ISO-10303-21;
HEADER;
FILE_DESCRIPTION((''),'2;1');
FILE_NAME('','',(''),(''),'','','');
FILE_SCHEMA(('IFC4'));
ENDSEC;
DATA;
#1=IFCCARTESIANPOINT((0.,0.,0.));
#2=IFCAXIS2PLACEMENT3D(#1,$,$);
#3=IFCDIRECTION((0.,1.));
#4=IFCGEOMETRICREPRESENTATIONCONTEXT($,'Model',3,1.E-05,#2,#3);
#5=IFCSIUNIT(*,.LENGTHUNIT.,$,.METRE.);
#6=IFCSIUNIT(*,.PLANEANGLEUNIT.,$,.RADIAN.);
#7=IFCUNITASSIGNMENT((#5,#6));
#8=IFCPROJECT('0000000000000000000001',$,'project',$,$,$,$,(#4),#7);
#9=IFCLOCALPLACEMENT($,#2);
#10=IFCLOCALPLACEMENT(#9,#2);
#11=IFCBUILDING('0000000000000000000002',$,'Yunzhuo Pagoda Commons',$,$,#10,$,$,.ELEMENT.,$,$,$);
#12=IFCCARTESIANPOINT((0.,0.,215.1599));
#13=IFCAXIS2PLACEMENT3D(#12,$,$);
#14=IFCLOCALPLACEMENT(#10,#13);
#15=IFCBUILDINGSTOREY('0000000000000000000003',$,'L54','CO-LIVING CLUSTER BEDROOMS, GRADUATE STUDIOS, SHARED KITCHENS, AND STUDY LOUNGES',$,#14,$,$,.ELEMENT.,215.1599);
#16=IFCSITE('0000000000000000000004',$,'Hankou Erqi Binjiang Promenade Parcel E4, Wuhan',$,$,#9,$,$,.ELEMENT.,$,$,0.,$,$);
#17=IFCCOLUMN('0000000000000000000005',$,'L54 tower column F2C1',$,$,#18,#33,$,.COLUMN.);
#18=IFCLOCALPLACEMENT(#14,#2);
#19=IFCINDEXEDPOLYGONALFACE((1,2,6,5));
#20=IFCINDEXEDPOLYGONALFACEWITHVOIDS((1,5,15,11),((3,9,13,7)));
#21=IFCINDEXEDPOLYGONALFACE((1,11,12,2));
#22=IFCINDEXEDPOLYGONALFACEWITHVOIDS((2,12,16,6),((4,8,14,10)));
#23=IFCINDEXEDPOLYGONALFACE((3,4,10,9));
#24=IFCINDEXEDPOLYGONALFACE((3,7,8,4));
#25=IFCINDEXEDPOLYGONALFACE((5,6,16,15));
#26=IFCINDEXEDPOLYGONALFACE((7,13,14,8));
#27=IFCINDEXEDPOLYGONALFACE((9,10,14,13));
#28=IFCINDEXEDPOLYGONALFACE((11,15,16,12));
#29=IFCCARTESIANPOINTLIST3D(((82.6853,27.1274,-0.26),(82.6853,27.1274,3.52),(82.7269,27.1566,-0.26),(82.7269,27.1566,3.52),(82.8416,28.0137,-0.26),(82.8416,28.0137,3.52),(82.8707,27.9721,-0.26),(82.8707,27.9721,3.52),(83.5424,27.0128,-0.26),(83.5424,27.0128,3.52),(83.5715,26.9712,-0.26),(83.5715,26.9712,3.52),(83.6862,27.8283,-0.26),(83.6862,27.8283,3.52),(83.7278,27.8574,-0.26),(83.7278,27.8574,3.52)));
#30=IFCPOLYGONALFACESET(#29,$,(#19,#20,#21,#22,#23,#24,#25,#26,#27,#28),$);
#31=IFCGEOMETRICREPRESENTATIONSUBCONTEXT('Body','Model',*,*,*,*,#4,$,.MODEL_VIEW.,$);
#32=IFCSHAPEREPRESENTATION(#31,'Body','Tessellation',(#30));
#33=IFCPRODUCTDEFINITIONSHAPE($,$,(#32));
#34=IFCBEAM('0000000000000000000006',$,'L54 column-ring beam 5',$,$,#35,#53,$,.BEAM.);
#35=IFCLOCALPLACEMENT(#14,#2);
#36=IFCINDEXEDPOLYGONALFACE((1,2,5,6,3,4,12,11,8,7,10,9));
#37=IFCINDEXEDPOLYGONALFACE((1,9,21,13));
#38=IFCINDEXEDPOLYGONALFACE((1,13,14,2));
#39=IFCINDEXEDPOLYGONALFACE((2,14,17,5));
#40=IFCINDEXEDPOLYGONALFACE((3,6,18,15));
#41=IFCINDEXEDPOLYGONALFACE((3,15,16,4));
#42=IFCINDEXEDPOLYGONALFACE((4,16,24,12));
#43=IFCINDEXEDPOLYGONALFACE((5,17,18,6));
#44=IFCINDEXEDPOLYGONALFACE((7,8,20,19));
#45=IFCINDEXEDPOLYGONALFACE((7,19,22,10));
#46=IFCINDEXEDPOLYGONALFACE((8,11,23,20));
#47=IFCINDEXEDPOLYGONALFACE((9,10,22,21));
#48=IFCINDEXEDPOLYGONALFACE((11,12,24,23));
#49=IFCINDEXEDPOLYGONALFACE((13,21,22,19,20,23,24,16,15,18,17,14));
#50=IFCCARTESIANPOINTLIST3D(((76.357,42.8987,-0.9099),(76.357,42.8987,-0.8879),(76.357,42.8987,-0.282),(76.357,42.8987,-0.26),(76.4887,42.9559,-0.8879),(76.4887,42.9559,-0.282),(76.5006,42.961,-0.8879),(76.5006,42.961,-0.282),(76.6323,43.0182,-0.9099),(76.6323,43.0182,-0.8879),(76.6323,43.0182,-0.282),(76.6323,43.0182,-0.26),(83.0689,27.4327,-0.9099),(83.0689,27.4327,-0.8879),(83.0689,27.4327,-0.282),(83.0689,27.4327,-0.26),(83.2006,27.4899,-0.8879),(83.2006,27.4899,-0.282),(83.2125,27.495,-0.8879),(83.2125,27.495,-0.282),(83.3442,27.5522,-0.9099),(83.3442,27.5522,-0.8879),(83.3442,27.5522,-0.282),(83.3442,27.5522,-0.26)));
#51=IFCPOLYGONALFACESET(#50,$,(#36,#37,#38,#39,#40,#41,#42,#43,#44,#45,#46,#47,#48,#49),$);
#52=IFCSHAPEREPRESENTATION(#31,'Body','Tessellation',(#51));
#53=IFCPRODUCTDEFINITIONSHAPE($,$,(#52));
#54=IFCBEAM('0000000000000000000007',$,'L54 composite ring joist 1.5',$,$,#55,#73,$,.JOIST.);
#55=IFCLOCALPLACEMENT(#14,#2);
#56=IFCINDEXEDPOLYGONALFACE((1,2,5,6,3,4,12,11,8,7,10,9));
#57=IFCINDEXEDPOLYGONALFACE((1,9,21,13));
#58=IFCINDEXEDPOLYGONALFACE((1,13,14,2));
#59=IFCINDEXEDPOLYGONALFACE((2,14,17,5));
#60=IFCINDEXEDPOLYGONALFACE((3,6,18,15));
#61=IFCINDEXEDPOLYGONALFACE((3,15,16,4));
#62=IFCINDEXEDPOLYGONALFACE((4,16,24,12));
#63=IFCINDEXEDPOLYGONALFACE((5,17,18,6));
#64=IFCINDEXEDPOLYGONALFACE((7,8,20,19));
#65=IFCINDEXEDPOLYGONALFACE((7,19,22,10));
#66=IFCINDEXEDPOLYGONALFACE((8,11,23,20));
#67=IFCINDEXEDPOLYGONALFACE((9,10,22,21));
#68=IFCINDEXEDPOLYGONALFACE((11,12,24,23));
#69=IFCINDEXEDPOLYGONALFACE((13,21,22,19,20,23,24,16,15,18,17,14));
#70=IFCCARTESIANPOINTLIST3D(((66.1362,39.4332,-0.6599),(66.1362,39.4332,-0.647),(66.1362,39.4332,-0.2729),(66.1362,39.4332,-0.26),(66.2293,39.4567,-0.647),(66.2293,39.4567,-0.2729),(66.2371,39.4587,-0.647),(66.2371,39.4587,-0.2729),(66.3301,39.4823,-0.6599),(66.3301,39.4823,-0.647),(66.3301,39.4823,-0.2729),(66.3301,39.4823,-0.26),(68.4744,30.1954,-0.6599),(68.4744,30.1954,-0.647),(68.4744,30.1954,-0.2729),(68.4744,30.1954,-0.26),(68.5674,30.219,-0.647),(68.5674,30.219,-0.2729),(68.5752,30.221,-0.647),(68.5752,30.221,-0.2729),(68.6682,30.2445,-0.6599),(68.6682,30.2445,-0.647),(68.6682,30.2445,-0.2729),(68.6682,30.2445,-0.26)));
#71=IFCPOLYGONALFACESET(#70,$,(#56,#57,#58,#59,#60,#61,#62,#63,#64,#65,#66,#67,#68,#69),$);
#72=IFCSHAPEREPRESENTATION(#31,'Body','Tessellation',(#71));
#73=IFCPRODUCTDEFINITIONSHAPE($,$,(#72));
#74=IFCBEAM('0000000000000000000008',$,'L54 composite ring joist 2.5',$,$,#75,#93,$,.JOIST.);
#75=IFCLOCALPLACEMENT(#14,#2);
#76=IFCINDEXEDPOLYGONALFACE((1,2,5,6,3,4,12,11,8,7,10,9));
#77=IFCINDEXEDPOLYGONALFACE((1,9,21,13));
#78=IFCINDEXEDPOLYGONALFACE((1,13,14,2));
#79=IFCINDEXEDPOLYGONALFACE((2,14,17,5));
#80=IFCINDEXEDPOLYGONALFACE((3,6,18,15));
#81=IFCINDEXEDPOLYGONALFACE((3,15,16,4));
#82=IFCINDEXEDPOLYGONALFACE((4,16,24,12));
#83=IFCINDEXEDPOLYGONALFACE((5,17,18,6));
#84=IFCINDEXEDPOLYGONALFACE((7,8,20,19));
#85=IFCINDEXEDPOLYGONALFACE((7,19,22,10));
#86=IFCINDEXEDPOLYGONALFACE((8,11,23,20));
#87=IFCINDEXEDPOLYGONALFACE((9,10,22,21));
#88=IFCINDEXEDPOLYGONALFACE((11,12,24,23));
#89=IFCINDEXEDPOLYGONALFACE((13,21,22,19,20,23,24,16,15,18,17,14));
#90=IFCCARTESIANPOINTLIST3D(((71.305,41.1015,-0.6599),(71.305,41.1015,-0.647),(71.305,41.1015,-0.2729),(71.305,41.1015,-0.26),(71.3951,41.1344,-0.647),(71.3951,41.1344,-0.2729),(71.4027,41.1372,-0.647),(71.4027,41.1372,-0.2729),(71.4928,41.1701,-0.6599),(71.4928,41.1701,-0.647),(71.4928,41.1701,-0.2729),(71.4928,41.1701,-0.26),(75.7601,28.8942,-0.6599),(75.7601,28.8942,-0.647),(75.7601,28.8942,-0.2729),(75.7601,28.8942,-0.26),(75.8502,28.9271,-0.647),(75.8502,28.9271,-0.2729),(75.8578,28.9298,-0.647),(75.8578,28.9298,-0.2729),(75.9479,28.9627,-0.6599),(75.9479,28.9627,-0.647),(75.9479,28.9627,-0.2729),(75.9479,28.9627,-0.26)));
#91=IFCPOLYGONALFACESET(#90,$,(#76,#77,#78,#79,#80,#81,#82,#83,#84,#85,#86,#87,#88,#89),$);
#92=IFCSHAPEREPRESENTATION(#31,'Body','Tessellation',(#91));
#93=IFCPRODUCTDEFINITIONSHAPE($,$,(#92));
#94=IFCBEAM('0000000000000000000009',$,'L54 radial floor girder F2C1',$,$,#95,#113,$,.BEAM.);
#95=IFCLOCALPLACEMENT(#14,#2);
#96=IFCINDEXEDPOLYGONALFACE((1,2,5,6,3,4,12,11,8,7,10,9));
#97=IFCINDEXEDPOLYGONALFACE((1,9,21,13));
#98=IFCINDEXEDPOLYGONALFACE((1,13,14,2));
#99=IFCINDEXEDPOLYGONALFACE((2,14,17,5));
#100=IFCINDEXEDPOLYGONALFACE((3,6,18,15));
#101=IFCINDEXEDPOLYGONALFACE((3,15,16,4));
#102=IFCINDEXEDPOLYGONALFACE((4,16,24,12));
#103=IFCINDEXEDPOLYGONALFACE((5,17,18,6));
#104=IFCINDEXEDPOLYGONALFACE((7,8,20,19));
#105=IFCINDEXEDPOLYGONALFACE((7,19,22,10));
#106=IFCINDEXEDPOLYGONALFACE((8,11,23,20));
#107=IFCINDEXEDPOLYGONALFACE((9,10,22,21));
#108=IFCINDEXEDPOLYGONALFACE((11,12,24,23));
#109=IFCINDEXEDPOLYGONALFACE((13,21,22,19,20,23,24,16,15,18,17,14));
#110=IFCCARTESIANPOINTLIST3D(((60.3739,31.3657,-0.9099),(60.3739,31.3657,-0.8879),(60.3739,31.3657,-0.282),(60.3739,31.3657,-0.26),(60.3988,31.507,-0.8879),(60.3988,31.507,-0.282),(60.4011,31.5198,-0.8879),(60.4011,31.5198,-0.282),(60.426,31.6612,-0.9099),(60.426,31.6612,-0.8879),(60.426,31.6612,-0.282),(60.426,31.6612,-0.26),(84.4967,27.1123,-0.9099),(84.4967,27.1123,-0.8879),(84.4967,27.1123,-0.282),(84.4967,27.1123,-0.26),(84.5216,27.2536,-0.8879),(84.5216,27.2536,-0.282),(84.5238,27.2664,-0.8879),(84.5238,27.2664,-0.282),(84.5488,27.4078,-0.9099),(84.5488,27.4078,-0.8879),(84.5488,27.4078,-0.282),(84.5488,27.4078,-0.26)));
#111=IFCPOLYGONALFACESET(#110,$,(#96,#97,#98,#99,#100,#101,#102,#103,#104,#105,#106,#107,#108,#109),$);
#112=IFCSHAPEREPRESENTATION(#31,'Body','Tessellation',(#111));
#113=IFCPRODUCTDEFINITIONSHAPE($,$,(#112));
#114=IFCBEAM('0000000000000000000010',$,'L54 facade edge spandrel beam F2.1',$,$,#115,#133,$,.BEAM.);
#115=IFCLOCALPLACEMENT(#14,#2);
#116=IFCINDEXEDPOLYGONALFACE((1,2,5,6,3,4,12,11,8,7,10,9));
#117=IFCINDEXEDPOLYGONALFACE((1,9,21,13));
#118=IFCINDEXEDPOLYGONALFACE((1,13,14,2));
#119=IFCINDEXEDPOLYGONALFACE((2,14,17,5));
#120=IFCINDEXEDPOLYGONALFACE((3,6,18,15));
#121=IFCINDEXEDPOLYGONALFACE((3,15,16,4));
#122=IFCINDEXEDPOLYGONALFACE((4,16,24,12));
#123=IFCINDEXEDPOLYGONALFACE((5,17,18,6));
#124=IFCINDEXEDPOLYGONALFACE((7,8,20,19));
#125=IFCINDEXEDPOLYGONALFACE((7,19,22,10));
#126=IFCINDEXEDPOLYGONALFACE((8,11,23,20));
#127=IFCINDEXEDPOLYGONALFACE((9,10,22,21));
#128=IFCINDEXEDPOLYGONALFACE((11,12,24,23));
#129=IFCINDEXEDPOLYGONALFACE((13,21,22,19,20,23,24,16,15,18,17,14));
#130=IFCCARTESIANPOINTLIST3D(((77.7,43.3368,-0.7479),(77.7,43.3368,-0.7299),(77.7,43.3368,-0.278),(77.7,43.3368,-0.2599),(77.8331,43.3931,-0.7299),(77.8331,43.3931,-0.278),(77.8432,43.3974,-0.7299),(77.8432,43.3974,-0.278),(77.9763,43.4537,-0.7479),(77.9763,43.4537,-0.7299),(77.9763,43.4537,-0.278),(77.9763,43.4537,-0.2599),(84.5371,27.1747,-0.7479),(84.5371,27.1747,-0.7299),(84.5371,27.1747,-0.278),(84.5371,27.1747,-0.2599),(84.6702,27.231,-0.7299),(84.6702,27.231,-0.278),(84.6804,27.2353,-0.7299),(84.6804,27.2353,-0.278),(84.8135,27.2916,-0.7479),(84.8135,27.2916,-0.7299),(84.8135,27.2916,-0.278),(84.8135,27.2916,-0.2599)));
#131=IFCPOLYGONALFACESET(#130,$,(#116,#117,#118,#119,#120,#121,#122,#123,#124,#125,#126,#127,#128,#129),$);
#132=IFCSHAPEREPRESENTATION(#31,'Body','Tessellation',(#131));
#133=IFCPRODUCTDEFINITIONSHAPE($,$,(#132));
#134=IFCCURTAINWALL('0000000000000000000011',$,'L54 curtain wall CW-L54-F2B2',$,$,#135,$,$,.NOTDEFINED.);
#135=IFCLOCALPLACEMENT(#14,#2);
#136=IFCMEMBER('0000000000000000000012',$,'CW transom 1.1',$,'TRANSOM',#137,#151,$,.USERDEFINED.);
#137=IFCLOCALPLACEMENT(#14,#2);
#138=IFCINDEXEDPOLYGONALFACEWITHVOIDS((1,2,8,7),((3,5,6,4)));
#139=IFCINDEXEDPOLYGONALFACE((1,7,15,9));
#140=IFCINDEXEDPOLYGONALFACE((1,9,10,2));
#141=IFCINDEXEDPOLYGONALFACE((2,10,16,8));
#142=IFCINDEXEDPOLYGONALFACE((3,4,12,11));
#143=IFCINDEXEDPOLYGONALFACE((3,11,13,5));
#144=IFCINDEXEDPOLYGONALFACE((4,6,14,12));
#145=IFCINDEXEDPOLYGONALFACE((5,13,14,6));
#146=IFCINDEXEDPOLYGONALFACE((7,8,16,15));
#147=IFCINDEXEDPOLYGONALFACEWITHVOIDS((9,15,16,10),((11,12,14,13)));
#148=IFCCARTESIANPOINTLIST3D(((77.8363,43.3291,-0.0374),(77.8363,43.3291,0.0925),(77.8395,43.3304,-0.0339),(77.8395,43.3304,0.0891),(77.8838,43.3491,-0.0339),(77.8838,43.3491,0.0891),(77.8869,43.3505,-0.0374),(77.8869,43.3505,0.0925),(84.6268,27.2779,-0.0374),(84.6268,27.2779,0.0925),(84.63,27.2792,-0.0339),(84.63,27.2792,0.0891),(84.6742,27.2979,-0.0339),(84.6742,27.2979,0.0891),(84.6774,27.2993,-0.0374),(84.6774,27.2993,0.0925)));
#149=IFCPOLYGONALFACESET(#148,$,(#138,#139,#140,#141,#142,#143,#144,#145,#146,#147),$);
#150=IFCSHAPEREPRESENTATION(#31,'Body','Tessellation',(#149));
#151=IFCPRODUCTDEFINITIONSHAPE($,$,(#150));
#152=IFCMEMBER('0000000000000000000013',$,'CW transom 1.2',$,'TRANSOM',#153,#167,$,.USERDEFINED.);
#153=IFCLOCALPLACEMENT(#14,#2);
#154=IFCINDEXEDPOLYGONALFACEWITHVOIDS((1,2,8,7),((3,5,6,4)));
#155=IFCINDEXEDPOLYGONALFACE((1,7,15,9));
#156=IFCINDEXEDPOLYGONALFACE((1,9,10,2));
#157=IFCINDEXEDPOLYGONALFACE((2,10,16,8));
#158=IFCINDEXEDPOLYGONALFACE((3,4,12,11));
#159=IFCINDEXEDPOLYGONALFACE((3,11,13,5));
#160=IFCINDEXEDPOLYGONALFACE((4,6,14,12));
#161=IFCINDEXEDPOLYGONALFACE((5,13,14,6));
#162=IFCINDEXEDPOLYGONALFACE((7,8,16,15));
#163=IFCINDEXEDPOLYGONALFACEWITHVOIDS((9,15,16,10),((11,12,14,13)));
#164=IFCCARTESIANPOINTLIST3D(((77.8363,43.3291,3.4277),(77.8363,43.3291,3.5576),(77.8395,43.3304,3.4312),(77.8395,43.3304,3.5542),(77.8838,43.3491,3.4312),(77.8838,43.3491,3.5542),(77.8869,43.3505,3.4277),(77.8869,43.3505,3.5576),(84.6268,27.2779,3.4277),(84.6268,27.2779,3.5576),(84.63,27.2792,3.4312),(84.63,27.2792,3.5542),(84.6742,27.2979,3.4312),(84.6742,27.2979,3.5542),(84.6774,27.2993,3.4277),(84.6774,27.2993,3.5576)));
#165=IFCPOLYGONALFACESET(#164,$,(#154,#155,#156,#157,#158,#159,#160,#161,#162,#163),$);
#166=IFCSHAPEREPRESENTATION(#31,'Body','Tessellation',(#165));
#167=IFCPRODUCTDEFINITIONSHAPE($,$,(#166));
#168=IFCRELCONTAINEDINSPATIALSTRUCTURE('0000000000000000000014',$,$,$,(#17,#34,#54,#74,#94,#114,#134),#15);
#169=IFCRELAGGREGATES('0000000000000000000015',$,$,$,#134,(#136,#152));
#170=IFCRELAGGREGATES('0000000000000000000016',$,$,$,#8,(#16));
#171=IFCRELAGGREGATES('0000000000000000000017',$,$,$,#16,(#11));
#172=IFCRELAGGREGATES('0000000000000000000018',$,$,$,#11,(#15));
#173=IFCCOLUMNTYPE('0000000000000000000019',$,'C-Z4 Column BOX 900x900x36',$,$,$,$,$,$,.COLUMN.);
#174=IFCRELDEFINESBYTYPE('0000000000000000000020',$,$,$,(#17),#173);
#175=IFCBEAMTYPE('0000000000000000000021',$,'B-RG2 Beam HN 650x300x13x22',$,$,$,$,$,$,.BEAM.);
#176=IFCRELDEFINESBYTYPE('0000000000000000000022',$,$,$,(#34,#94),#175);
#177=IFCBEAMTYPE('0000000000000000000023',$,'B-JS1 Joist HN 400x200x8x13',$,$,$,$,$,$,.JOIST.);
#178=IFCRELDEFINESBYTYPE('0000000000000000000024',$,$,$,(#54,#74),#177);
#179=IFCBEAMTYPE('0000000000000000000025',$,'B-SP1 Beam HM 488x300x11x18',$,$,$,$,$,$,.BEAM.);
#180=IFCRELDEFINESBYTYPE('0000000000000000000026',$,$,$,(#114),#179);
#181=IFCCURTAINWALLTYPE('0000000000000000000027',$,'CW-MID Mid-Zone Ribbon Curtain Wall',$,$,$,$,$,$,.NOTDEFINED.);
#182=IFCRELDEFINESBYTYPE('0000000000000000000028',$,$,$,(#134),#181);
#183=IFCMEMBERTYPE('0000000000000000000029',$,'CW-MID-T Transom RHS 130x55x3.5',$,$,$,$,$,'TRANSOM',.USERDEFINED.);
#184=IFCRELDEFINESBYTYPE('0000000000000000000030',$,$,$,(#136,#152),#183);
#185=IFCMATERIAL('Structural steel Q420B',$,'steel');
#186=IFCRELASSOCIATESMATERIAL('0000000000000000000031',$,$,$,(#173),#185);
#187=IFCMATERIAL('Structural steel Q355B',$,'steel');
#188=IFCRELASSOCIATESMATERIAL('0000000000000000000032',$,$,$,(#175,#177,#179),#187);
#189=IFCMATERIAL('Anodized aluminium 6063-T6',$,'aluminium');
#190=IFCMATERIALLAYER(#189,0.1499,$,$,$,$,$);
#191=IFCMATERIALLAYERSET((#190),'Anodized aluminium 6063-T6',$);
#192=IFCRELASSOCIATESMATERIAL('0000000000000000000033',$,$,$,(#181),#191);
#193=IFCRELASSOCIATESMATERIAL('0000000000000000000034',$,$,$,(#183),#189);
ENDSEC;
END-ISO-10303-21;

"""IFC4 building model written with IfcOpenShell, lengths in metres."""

from ifc_helpers import new_model, si_unit, direction, frame, origin, origin_2d, place, context, subcontext, project, spatial, hollow_rectangle, i_section, extrude, source, transform, mapped, material, layer, layer_set, material_profile, profile_set, type_object, element, aggregate, save


model = new_model("IFC4")

# Units and contexts
model_context = context("Model", 3, precision=1e-05, world=origin(), true_north=direction((0.0, 1.0)))
body_context = subcontext(model_context, "Body", "Model", "MODEL_VIEW")
ifc_project = project(units=[si_unit("LENGTHUNIT", "METRE"), si_unit("PLANEANGLEUNIT", "RADIAN")], contexts=[model_context])

# Site, building, storey
site_placement = place(None, origin())
site = spatial("IfcSite", under=ifc_project, at=site_placement, Name="Hankou Erqi Binjiang Promenade Parcel E4, Wuhan", CompositionType="ELEMENT", RefElevation=0.0)
building_placement = place(site_placement, origin())
building = spatial("IfcBuilding", under=site, at=building_placement, Name="Yunzhuo Pagoda Commons", CompositionType="ELEMENT")
storey_placement = place(building_placement, frame((0.0, 0.0, 215.1599)))
storey = spatial("IfcBuildingStorey", under=building, at=storey_placement, Name="L54", Description="CO-LIVING CLUSTER BEDROOMS, GRADUATE STUDIOS, SHARED KITCHENS, AND STUDY LOUNGES", CompositionType="ELEMENT", Elevation=215.1599)

# Column
ifc_material_1 = material(Name="Structural steel Q420B", Category="steel")
ifc_material_profile_1 = material_profile(ifc_material_1, hollow_rectangle(XDim=0.8999, YDim=0.8999, WallThickness=0.0359, at=origin_2d()), Name="Structural steel Q420B")
ifc_profile_set_1 = profile_set([ifc_material_profile_1], Name="Structural steel Q420B")
column_type = type_object("IfcColumnType", Name="C-Z4 Column BOX 900x900x36", PredefinedType="COLUMN", material=ifc_profile_set_1)
shared_shape_1 = source(origin(), body_context, "Body", "SweptSolid", [
    extrude(hollow_rectangle(XDim=0.8999, YDim=0.8999, WallThickness=0.0359, at=origin_2d()), origin(), (0.0, 0.0, 1.0), 3.78),
])
column_placement = place(storey_placement, frame((83.2065, 27.4924, -0.26), z_axis=(0.0, 0.0, 1.0), x_axis=(0.173648, 0.984808, 0.0)))
element("IfcColumn", 1, at=column_placement, inside=storey, type_object=column_type, Name="L54 tower column F2C1", PredefinedType="COLUMN", context=body_context, shape_type="MappedRepresentation", body=[
    mapped(shared_shape_1, transform((0.0, 0.0, 0.0), scale=1.0)),
])

# Beams
ifc_material_2 = material(Name="Structural steel Q355B", Category="steel")
ifc_material_profile_2 = material_profile(ifc_material_2, i_section(OverallWidth=0.3, OverallDepth=0.6499, WebThickness=0.0129, FlangeThickness=0.022, at=origin_2d()), Name="Structural steel Q355B")
ifc_profile_set_2 = profile_set([ifc_material_profile_2], Name="Structural steel Q355B")
beam_type_1 = type_object("IfcBeamType", Name="B-RG2 Beam HN 650x300x13x22", PredefinedType="BEAM", material=ifc_profile_set_2)
shared_shape_2 = source(origin(), body_context, "Body", "SweptSolid", [
    extrude(i_section(OverallWidth=0.3, OverallDepth=0.6499, WebThickness=0.0129, FlangeThickness=0.022, at=origin_2d()), origin(), (0.0, 0.0, 1.0), 16.8596),
])
beam_1_placement = place(storey_placement, frame((83.2065, 27.4924, -0.585), z_axis=(-0.398104, 0.91734, 0.0), x_axis=(-0.91734, -0.398104, 0.0)))
element("IfcBeam", 2, at=beam_1_placement, inside=storey, type_object=beam_type_1, Name="L54 column-ring beam 5", PredefinedType="BEAM", context=body_context, shape_type="MappedRepresentation", body=[
    mapped(shared_shape_2, transform((0.0, 0.0, 0.0), scale=1.0)),
])
ifc_material_profile_3 = material_profile(ifc_material_2, i_section(OverallWidth=0.2, OverallDepth=0.3999, WebThickness=0.0081, FlangeThickness=0.0129, at=origin_2d()), Name="Structural steel Q355B")
ifc_profile_set_3 = profile_set([ifc_material_profile_3], Name="Structural steel Q355B")
beam_type_2 = type_object("IfcBeamType", Name="B-JS1 Joist HN 400x200x8x13", PredefinedType="JOIST", material=ifc_profile_set_3)
shared_shape_3 = source(origin(), body_context, "Body", "SweptSolid", [
    extrude(i_section(OverallWidth=0.2, OverallDepth=0.3999, WebThickness=0.0081, FlangeThickness=0.0129, at=origin_2d()), origin(), (0.0, 0.0, 1.0), 9.5291),
])
beam_2_placement = place(storey_placement, frame((68.5713, 30.22, -0.46), z_axis=(-0.245368, 0.96943, 0.0), x_axis=(-0.96943, -0.245368, 0.0)))
element("IfcBeam", 3, at=beam_2_placement, inside=storey, type_object=beam_type_2, Name="L54 composite ring joist 1.5", PredefinedType="JOIST", context=body_context, shape_type="MappedRepresentation", body=[
    mapped(shared_shape_3, transform((0.0, 0.0, 0.0), scale=1.0)),
])
shared_shape_4 = source(origin(), body_context, "Body", "SweptSolid", [
    extrude(i_section(OverallWidth=0.2, OverallDepth=0.3999, WebThickness=0.0081, FlangeThickness=0.0129, at=origin_2d()), origin(), (0.0, 0.0, 1.0), 12.9949),
])
beam_3_placement = place(storey_placement, frame((75.854, 28.9285, -0.46), z_axis=(-0.342835, 0.939396, 0.0), x_axis=(-0.939396, -0.342835, 0.0)))
element("IfcBeam", 4, at=beam_3_placement, inside=storey, type_object=beam_type_2, Name="L54 composite ring joist 2.5", PredefinedType="JOIST", context=body_context, shape_type="MappedRepresentation", body=[
    mapped(shared_shape_4, transform((0.0, 0.0, 0.0), scale=1.0)),
])
shared_shape_5 = source(origin(), body_context, "Body", "SweptSolid", [
    extrude(i_section(OverallWidth=0.3, OverallDepth=0.6499, WebThickness=0.0129, FlangeThickness=0.022, at=origin_2d()), origin(), (0.0, 0.0, 1.0), 24.4949),
])
beam_4_placement = place(storey_placement, frame((84.5227, 27.26, -0.585), z_axis=(-0.984808, 0.173645, 0.0), x_axis=(-0.173645, -0.984808, 0.0)))
element("IfcBeam", 5, at=beam_4_placement, inside=storey, type_object=beam_type_1, Name="L54 radial floor girder F2C1", PredefinedType="BEAM", context=body_context, shape_type="MappedRepresentation", body=[
    mapped(shared_shape_5, transform((0.0, 0.0, 0.0), scale=1.0)),
])
ifc_material_profile_4 = material_profile(ifc_material_2, i_section(OverallWidth=0.3, OverallDepth=0.488, WebThickness=0.011, FlangeThickness=0.0181, at=origin_2d()), Name="Structural steel Q355B")
ifc_profile_set_4 = profile_set([ifc_material_profile_4], Name="Structural steel Q355B")
beam_type_3 = type_object("IfcBeamType", Name="B-SP1 Beam HM 488x300x11x18", PredefinedType="BEAM", material=ifc_profile_set_4)
shared_shape_6 = source(origin(), body_context, "Body", "SweptSolid", [
    extrude(i_section(OverallWidth=0.3, OverallDepth=0.488, WebThickness=0.011, FlangeThickness=0.0181, at=origin_2d()), origin(), (0.0, 0.0, 1.0), 17.5488),
])
beam_5_placement = place(storey_placement, frame((84.6753, 27.2332, -0.5039), z_axis=(-0.389608, 0.920981, 0.0), x_axis=(-0.920981, -0.389608, 0.0)))
element("IfcBeam", 6, at=beam_5_placement, inside=storey, type_object=beam_type_3, Name="L54 facade edge spandrel beam F2.1", PredefinedType="BEAM", context=body_context, shape_type="MappedRepresentation", body=[
    mapped(shared_shape_6, transform((0.0, 0.0, 0.0), scale=1.0)),
])

# Curtain wall, members
ifc_material_3 = material(Name="Anodized aluminium 6063-T6", Category="aluminium")
ifc_layer_1 = layer(ifc_material_3, 0.1499)
ifc_layer_set_1 = layer_set([ifc_layer_1], Name="Anodized aluminium 6063-T6")
curtain_wall_type = type_object("IfcCurtainWallType", Name="CW-MID Mid-Zone Ribbon Curtain Wall", PredefinedType="NOTDEFINED", material=ifc_layer_set_1)
curtain_wall_1_placement = place(storey_placement, origin())
curtain_wall_1 = element("IfcCurtainWall", 7, at=curtain_wall_1_placement, inside=storey, type_object=curtain_wall_type, Name="L54 curtain wall CW-L54-F2B2", PredefinedType="NOTDEFINED")
ifc_material_profile_5 = material_profile(ifc_material_3, hollow_rectangle(XDim=0.0549, YDim=0.1299, WallThickness=0.0034, at=origin_2d()), Name="Anodized aluminium 6063-T6")
ifc_profile_set_5 = profile_set([ifc_material_profile_5], Name="Anodized aluminium 6063-T6")
member_type_1 = type_object("IfcMemberType", Name="CW-MID-T Transom RHS 130x55x3.5", ElementType="TRANSOM", PredefinedType="USERDEFINED", material=ifc_profile_set_5)
shared_shape_7 = source(origin(), body_context, "Body", "SweptSolid", [
    extrude(hollow_rectangle(XDim=0.0549, YDim=0.1299, WallThickness=0.0034, at=origin_2d()), origin(), (0.0, 0.0, 1.0), 17.4285),
])
member_1_placement = place(storey_placement, frame((84.6521, 27.2886, 0.0276), z_axis=(-0.389621, 0.920975, 0.0), x_axis=(-0.920975, -0.389621, 0.0)))
member_1 = element("IfcMember", 8, at=member_1_placement, type_object=member_type_1, Name="CW transom 1.1", ObjectType="TRANSOM", PredefinedType="USERDEFINED", context=body_context, shape_type="MappedRepresentation", body=[
    mapped(shared_shape_7, transform((0.0, 0.0, 0.0), scale=1.0)),
])
member_2_placement = place(storey_placement, frame((84.6521, 27.2886, 3.4927), z_axis=(-0.389621, 0.920975, 0.0), x_axis=(-0.920975, -0.389621, 0.0)))
member_2 = element("IfcMember", 9, at=member_2_placement, type_object=member_type_1, Name="CW transom 1.2", ObjectType="TRANSOM", PredefinedType="USERDEFINED", context=body_context, shape_type="MappedRepresentation", body=[
    mapped(shared_shape_7, transform((0.0, 0.0, 0.0), scale=1.0)),
])

aggregate(curtain_wall_1, [member_1, member_2])

save(model, "model.ifc")
